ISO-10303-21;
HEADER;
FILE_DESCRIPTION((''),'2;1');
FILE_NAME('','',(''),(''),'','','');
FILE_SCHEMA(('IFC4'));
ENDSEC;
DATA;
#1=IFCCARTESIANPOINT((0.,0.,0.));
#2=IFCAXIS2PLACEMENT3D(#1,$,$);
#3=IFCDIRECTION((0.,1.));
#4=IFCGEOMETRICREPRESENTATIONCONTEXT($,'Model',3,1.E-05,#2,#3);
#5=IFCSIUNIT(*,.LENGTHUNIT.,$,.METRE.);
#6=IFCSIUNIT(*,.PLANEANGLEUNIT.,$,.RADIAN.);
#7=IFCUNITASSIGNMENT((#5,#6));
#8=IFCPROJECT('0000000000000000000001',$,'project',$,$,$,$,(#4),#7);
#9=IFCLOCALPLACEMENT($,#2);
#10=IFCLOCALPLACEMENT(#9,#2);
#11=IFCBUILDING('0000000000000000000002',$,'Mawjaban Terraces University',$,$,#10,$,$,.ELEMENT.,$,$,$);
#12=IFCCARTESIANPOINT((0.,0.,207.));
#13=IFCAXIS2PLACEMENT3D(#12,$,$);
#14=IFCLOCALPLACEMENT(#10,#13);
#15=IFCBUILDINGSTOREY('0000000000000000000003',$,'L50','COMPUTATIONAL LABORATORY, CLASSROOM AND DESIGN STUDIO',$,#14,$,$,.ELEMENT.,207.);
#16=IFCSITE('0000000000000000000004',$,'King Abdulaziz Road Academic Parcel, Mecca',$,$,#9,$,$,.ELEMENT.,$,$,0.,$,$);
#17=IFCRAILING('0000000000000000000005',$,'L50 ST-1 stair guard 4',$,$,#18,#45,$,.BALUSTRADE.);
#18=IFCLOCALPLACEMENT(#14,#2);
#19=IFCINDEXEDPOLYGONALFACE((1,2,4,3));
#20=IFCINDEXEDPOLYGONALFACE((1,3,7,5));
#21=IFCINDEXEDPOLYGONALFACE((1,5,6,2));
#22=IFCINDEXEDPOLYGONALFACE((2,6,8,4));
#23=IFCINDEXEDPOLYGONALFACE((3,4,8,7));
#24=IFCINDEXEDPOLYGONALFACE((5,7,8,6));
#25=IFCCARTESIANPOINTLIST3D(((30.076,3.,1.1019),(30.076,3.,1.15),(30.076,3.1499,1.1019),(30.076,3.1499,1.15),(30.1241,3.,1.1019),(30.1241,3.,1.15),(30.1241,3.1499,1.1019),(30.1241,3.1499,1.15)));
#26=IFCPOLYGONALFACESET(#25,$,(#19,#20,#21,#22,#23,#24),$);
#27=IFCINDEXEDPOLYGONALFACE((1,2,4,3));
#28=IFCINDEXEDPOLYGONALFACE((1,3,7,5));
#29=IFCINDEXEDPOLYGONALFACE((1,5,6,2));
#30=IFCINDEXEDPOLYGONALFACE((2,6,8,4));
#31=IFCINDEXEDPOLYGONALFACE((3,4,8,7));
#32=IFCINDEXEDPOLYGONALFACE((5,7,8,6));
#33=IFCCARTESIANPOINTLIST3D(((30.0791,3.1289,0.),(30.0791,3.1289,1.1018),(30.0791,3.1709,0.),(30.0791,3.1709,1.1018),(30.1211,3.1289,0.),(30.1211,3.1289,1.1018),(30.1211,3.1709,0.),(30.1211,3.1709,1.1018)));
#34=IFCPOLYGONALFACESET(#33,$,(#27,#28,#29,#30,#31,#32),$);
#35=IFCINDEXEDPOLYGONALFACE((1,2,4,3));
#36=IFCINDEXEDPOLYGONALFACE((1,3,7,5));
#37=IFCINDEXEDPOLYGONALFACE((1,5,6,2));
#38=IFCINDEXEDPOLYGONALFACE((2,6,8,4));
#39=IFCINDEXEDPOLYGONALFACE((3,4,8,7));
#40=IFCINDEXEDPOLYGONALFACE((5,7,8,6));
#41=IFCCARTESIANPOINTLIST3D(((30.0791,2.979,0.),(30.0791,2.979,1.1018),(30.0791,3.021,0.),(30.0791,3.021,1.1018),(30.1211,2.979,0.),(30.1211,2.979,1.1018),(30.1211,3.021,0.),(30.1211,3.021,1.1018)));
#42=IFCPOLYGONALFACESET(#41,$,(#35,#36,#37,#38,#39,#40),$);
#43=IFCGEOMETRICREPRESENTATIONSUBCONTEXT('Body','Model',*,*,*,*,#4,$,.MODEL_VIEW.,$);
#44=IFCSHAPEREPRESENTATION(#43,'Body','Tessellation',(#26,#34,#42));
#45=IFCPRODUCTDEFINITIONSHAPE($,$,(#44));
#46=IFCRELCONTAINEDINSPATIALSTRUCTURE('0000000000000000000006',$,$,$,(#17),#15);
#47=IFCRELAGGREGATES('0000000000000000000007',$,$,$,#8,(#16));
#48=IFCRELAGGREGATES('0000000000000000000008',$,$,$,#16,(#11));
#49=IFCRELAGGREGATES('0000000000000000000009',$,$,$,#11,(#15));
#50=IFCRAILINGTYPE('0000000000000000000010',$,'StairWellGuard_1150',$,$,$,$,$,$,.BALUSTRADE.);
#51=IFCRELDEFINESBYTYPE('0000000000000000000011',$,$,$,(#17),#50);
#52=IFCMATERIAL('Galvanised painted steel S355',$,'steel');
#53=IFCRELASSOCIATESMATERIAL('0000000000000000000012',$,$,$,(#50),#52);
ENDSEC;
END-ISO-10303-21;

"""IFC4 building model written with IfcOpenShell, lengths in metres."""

from ifc_helpers import new_model, si_unit, direction, frame, origin, origin_2d, place, context, subcontext, project, spatial, rectangle, extrude, material, type_object, element, save


model = new_model("IFC4")

# Units and contexts
model_context = context("Model", 3, precision=1e-05, world=origin(), true_north=direction((0.0, 1.0)))
body_context = subcontext(model_context, "Body", "Model", "MODEL_VIEW")
ifc_project = project(units=[si_unit("LENGTHUNIT", "METRE"), si_unit("PLANEANGLEUNIT", "RADIAN")], contexts=[model_context])

# Site, building, storey
site_placement = place(None, origin())
site = spatial("IfcSite", under=ifc_project, at=site_placement, Name="King Abdulaziz Road Academic Parcel, Mecca", CompositionType="ELEMENT", RefElevation=0.0)
building_placement = place(site_placement, origin())
building = spatial("IfcBuilding", under=site, at=building_placement, Name="Mawjaban Terraces University", CompositionType="ELEMENT")
storey_placement = place(building_placement, frame((0.0, 0.0, 207.0)))
storey = spatial("IfcBuildingStorey", under=building, at=storey_placement, Name="L50", Description="COMPUTATIONAL LABORATORY, CLASSROOM AND DESIGN STUDIO", CompositionType="ELEMENT", Elevation=207.0)

# Railing
ifc_material_1 = material(Name="Galvanised painted steel S355", Category="steel")
railing_type_1 = type_object("IfcRailingType", Name="StairWellGuard_1150", PredefinedType="BALUSTRADE", material=ifc_material_1)
railing_1_placement = place(storey_placement, frame((30.1001, 3.1499, 0.0)))
element("IfcRailing", 1, at=railing_1_placement, inside=storey, type_object=railing_type_1, Name="L50 ST-1 stair guard 4", PredefinedType="BALUSTRADE", context=body_context, shape_type="SweptSolid", body=[
    extrude(rectangle(XDim=0.0481, YDim=0.0481, at=origin_2d()), frame((0.0, 0.0, 1.126), z_axis=(0.0, -1.0, 0.0), x_axis=(1.0, 0.0, 0.0)), (0.0, 0.0, 1.0), 0.1499),
    extrude(rectangle(XDim=0.042, YDim=0.042, at=origin_2d()), origin(), (0.0, 0.0, 1.0), 1.1018),
    extrude(rectangle(XDim=0.042, YDim=0.042, at=origin_2d()), frame((0.0, -0.1499, 0.0)), (0.0, 0.0, 1.0), 1.1018),
])

save(model, "model.ifc")
